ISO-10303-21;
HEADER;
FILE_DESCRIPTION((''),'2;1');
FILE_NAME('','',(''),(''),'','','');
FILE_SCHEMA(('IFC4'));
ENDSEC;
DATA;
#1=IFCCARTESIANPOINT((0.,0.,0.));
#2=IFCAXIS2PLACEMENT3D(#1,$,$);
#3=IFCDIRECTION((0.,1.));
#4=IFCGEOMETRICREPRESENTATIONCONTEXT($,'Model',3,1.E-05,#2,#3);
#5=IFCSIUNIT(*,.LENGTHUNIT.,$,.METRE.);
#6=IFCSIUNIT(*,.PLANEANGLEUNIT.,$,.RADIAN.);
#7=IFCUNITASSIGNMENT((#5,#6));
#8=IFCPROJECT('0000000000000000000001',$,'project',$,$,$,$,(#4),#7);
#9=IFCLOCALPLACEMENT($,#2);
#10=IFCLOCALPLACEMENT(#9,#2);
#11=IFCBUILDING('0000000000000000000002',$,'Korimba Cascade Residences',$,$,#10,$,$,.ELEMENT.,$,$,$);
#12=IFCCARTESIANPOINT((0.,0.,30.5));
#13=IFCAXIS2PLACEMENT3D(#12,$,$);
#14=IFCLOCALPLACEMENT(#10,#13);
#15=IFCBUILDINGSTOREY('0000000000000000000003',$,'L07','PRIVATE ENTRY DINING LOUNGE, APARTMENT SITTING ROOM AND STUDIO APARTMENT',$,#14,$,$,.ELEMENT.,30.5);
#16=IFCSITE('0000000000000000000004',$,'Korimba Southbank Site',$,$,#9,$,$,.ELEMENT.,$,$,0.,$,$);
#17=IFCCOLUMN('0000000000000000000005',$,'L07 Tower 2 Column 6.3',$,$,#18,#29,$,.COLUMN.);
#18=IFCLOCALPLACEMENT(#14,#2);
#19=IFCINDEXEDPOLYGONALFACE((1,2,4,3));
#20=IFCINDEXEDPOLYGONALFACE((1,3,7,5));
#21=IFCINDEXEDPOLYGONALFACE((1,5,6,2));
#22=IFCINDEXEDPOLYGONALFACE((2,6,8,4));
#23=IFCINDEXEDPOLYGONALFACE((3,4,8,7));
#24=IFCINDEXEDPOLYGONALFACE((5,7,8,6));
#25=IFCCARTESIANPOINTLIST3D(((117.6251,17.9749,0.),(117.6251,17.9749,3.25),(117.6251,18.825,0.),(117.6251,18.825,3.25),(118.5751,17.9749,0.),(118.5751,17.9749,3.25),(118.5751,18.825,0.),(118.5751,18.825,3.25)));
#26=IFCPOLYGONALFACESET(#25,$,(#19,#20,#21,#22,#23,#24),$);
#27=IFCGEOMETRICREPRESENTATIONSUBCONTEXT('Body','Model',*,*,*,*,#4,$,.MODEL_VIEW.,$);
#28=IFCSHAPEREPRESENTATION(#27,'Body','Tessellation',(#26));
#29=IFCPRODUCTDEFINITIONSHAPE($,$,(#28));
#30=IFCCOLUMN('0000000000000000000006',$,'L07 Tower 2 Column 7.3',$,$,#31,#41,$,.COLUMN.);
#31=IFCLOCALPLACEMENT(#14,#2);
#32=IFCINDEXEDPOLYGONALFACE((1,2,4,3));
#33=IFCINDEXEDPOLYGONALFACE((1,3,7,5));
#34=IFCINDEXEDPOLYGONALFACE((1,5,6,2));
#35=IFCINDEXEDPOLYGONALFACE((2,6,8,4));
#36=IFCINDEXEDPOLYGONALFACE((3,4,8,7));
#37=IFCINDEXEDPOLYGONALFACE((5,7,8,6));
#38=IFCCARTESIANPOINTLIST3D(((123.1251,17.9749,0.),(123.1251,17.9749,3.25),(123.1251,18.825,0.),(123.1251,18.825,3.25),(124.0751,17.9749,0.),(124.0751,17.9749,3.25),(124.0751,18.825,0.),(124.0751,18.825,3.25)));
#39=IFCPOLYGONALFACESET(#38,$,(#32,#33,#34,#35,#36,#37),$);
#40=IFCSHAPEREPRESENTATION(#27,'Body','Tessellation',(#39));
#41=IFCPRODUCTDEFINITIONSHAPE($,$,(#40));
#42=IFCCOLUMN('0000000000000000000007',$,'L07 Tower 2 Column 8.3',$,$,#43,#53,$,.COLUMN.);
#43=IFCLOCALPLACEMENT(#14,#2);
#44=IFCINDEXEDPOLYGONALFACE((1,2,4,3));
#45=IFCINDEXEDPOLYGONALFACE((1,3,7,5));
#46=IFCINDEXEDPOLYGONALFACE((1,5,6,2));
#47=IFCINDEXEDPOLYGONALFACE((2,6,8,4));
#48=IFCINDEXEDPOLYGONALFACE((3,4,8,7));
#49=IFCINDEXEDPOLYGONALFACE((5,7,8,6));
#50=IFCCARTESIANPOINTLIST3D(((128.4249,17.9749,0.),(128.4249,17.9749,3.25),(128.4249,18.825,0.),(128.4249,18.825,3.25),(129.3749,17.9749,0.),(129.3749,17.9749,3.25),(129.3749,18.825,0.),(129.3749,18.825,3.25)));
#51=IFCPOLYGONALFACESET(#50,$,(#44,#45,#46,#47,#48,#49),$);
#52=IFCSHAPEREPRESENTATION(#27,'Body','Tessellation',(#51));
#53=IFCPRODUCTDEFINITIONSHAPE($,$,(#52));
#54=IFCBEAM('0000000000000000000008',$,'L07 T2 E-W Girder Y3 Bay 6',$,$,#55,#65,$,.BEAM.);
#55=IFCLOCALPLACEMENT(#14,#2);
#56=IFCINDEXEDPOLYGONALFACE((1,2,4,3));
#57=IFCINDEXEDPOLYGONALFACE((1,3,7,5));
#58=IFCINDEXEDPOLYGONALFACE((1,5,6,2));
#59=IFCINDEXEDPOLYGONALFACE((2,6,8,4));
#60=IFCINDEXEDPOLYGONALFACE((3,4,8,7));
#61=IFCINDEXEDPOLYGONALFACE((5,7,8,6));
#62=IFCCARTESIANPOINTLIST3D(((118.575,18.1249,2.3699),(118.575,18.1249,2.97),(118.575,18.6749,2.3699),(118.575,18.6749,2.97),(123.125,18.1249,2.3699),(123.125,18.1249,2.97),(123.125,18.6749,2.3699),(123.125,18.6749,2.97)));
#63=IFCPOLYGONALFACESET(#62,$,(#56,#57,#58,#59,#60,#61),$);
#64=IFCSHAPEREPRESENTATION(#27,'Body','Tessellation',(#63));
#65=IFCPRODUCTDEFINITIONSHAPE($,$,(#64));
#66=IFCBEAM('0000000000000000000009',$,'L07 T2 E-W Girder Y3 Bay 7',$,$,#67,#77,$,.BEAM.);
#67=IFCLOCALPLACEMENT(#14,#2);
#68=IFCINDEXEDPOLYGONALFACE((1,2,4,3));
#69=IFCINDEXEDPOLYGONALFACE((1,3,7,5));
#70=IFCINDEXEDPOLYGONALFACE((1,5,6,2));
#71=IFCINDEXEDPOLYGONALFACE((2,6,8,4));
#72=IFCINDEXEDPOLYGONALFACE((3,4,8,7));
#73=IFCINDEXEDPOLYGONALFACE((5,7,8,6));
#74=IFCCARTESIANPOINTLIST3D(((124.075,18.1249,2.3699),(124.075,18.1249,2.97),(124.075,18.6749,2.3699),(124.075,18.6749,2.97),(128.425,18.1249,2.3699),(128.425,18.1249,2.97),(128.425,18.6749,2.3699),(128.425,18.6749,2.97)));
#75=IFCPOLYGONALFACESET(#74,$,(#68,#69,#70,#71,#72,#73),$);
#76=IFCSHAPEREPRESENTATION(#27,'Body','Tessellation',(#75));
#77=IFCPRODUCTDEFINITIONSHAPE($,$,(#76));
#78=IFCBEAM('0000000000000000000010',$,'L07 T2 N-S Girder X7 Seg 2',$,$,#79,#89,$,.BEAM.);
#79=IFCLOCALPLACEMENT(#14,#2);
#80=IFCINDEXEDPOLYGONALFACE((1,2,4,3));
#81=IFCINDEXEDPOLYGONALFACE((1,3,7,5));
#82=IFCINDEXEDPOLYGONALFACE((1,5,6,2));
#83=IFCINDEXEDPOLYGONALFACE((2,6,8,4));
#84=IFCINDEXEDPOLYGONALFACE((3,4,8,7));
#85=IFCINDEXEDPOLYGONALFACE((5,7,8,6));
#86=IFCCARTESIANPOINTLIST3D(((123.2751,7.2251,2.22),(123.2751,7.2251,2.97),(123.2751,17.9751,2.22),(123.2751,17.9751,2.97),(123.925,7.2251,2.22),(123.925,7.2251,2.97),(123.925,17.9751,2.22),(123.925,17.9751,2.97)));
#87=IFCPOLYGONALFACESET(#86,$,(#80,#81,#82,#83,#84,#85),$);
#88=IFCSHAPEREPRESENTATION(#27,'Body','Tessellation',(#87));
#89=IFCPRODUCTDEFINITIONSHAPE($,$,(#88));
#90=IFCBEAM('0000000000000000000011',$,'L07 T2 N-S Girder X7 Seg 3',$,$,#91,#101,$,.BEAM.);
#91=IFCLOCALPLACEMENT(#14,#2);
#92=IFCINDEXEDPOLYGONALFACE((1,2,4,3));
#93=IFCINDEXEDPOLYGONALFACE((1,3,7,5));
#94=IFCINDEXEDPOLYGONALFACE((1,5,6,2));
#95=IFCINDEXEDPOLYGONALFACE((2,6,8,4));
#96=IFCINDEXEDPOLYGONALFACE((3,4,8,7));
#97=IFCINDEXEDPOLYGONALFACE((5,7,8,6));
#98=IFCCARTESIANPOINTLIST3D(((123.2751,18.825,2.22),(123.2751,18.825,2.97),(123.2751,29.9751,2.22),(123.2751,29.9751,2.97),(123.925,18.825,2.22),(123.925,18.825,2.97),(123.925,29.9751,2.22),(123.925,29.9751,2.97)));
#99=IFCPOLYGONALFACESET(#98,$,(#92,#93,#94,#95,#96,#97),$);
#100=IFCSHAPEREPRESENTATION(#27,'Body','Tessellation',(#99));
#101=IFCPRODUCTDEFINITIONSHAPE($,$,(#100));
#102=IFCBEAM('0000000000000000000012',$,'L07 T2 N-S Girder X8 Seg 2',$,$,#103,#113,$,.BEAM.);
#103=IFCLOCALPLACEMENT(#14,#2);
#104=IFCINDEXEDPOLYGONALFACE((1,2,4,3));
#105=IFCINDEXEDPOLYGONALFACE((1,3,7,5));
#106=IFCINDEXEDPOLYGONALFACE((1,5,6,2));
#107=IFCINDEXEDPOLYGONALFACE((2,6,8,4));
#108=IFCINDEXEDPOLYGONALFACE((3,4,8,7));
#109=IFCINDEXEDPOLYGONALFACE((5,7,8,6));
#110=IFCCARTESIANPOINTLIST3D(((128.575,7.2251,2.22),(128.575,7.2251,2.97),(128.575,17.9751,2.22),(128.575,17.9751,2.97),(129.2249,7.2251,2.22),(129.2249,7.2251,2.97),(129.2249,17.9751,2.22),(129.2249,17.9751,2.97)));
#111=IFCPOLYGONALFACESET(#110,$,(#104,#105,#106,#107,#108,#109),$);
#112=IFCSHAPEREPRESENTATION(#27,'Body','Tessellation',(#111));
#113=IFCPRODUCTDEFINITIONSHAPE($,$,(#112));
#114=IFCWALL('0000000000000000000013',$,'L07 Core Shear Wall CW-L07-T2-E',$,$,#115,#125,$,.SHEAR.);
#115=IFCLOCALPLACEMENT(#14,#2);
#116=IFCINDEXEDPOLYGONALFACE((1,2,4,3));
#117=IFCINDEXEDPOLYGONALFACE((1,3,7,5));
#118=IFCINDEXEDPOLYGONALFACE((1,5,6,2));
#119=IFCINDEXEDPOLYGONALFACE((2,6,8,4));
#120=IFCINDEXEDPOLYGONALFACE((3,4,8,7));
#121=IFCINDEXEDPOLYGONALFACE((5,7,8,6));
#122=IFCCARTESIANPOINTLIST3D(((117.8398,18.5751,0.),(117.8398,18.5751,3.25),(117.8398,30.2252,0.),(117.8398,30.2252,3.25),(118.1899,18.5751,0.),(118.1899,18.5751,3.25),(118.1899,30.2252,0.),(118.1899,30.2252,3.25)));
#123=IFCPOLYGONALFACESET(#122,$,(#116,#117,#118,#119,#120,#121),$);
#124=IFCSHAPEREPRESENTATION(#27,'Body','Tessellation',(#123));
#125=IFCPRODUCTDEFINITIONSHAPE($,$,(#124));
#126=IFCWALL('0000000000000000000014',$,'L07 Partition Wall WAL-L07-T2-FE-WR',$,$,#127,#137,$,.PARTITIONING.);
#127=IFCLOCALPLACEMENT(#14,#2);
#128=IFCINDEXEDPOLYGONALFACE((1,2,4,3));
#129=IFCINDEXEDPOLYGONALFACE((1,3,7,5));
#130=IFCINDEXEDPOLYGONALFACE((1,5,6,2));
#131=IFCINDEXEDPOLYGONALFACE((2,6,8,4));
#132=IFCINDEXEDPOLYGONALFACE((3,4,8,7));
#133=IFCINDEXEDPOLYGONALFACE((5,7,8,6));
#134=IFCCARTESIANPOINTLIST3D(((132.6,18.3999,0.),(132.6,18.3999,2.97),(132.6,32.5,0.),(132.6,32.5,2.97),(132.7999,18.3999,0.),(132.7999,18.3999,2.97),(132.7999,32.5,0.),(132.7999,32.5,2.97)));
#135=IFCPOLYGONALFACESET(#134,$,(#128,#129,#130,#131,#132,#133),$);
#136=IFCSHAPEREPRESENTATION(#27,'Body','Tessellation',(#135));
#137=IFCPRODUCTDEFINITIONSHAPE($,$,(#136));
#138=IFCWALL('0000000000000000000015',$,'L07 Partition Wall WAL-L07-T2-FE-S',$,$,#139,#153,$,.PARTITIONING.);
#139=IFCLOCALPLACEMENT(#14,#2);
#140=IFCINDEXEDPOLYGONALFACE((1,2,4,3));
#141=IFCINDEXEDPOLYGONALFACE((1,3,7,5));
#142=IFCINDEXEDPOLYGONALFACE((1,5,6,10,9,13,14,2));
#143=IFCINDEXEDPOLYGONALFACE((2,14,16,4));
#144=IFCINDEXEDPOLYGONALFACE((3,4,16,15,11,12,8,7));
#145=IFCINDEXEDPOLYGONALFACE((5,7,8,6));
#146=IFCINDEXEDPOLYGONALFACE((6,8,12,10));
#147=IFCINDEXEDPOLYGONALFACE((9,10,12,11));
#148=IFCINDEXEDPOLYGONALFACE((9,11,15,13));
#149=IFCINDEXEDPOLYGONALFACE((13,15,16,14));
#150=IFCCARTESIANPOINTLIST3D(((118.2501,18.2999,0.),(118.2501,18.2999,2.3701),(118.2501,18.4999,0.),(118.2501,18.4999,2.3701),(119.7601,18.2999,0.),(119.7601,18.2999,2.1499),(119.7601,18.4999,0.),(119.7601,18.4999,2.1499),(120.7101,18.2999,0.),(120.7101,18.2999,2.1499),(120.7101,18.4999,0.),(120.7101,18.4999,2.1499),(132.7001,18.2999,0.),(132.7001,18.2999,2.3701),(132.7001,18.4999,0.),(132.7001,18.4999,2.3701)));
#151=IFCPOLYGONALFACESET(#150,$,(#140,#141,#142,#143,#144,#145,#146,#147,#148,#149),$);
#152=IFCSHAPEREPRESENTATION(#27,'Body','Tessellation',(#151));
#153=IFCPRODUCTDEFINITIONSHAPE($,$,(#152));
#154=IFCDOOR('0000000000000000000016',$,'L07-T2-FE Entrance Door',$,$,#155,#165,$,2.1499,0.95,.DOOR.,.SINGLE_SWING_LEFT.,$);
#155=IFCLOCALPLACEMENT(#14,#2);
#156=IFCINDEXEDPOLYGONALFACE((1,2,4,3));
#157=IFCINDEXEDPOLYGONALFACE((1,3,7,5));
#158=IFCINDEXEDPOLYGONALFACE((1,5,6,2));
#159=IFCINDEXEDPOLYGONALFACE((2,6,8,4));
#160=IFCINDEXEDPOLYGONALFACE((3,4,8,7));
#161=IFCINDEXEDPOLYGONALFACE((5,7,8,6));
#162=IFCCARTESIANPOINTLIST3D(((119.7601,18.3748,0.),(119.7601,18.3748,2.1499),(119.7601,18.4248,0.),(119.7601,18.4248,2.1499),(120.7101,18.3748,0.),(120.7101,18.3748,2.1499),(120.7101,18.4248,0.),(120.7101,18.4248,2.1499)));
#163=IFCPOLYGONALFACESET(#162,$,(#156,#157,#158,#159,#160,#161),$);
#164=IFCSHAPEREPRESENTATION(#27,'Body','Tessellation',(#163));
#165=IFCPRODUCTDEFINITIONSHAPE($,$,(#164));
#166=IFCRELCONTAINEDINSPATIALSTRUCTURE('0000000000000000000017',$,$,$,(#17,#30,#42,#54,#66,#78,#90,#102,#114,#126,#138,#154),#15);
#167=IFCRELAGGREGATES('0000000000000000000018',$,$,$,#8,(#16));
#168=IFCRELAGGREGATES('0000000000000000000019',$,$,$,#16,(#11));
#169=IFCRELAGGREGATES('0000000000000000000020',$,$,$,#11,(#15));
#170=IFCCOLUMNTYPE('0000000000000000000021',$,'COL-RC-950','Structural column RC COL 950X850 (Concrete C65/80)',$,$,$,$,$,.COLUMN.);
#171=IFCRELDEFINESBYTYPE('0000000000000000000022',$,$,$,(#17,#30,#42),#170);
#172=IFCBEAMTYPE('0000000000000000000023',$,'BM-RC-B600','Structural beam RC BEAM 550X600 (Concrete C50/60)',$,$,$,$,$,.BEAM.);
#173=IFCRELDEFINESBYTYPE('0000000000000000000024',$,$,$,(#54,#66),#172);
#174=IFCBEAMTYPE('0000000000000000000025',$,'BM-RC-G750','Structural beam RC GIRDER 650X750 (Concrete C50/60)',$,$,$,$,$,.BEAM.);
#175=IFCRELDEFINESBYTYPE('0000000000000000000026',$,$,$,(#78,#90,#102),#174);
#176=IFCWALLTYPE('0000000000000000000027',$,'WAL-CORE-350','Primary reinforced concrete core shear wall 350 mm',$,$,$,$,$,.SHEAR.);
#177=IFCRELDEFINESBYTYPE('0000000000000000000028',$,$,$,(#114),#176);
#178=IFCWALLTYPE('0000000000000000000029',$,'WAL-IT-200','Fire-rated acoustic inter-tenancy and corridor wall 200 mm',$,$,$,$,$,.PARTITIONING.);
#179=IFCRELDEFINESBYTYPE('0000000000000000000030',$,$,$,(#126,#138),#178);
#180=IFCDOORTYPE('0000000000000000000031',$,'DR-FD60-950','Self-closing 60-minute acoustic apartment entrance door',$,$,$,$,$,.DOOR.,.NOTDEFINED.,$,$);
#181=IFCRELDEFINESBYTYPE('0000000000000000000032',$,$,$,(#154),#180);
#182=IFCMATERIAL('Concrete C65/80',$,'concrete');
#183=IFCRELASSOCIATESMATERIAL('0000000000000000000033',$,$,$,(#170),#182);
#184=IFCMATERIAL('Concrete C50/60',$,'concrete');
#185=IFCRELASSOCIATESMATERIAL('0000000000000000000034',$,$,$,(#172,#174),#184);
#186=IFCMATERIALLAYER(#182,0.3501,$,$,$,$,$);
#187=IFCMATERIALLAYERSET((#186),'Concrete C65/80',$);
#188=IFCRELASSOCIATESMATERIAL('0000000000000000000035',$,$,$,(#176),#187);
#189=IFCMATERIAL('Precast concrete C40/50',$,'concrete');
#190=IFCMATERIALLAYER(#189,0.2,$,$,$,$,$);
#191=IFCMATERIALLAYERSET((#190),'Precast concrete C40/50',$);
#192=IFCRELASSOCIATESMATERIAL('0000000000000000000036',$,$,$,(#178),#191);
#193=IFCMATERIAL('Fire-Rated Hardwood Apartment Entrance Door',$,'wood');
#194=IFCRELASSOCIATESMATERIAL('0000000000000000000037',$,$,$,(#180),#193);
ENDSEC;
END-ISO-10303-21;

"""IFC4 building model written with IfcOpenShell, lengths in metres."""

from ifc_helpers import new_model, si_unit, direction, frame, frame_2d, origin, origin_2d, place, context, subcontext, project, spatial, rectangle, extrude, material, layer, layer_set, material_profile, profile_set, type_object, element, fill, save


model = new_model("IFC4")

# Units and contexts
model_context = context("Model", 3, precision=1e-05, world=origin(), true_north=direction((0.0, 1.0)))
body_context = subcontext(model_context, "Body", "Model", "MODEL_VIEW")
ifc_project = project(units=[si_unit("LENGTHUNIT", "METRE"), si_unit("PLANEANGLEUNIT", "RADIAN")], contexts=[model_context])

# Site, building, storey
site_placement = place(None, origin())
site = spatial("IfcSite", under=ifc_project, at=site_placement, Name="Korimba Southbank Site", CompositionType="ELEMENT", RefElevation=0.0)
building_placement = place(site_placement, origin())
building = spatial("IfcBuilding", under=site, at=building_placement, Name="Korimba Cascade Residences", CompositionType="ELEMENT")
storey_placement = place(building_placement, frame((0.0, 0.0, 30.5)))
storey = spatial("IfcBuildingStorey", under=building, at=storey_placement, Name="L07", Description="PRIVATE ENTRY DINING LOUNGE, APARTMENT SITTING ROOM AND STUDIO APARTMENT", CompositionType="ELEMENT", Elevation=30.5)

# Columns
ifc_material_1 = material(Name="Concrete C65/80", Category="concrete")
ifc_material_profile_1 = material_profile(ifc_material_1, rectangle(XDim=0.95, YDim=0.8501, at=origin_2d()), Name="Concrete C65/80")
ifc_profile_set_1 = profile_set([ifc_material_profile_1], Name="Concrete C65/80")
column_type = type_object("IfcColumnType", Name="COL-RC-950", Description="Structural column RC COL 950X850 (Concrete C65/80)", PredefinedType="COLUMN", material=ifc_profile_set_1)
for number, where, z_axis, x_axis, name in (
    (1, (118.1001, 18.3999, 0.0), (0.0, 0.0, 1.0), (1.0, 0.0, 0.0), "L07 Tower 2 Column 6.3"),
    (2, (123.6001, 18.3999, 0.0), (0.0, 0.0, 1.0), (1.0, 0.0, 0.0), "L07 Tower 2 Column 7.3"),
    (3, (128.8999, 18.3999, 0.0), (0.0, 0.0, 1.0), (1.0, 0.0, 0.0), "L07 Tower 2 Column 8.3"),
):
    element("IfcColumn", number, at=place(storey_placement, frame(where, z_axis=z_axis, x_axis=x_axis)), inside=storey, type_object=column_type, Name=name, PredefinedType="COLUMN", context=body_context, shape_type="SweptSolid", body=[
        extrude(rectangle(XDim=0.95, YDim=0.8501, at=origin_2d()), origin(), (0.0, 0.0, 1.0), 3.25),
    ])

# Beams
ifc_material_2 = material(Name="Concrete C50/60", Category="concrete")
ifc_material_profile_2 = material_profile(ifc_material_2, rectangle(XDim=0.55, YDim=0.6001, at=origin_2d()), Name="Concrete C50/60")
ifc_profile_set_2 = profile_set([ifc_material_profile_2], Name="Concrete C50/60")
beam_type_1 = type_object("IfcBeamType", Name="BM-RC-B600", Description="Structural beam RC BEAM 550X600 (Concrete C50/60)", PredefinedType="BEAM", material=ifc_profile_set_2)
beam_1_placement = place(storey_placement, frame((118.575, 18.3999, 2.6699), z_axis=(1.0, 0.0, 0.0), x_axis=(0.0, 1.0, 0.0)))
element("IfcBeam", 4, at=beam_1_placement, inside=storey, type_object=beam_type_1, Name="L07 T2 E-W Girder Y3 Bay 6", PredefinedType="BEAM", context=body_context, shape_type="SweptSolid", body=[
    extrude(rectangle(XDim=0.55, YDim=0.6001, at=origin_2d()), origin(), (0.0, 0.0, 1.0), 4.55),
])
beam_2_placement = place(storey_placement, frame((124.075, 18.3999, 2.6699), z_axis=(1.0, 0.0, 0.0), x_axis=(0.0, 1.0, 0.0)))
element("IfcBeam", 5, at=beam_2_placement, inside=storey, type_object=beam_type_1, Name="L07 T2 E-W Girder Y3 Bay 7", PredefinedType="BEAM", context=body_context, shape_type="SweptSolid", body=[
    extrude(rectangle(XDim=0.55, YDim=0.6001, at=origin_2d()), origin(), (0.0, 0.0, 1.0), 4.3501),
])
ifc_material_profile_3 = material_profile(ifc_material_2, rectangle(XDim=0.6499, YDim=0.75, at=origin_2d()), Name="Concrete C50/60")
ifc_profile_set_3 = profile_set([ifc_material_profile_3], Name="Concrete C50/60")
beam_type_2 = type_object("IfcBeamType", Name="BM-RC-G750", Description="Structural beam RC GIRDER 650X750 (Concrete C50/60)", PredefinedType="BEAM", material=ifc_profile_set_3)
beam_3_placement = place(storey_placement, frame((123.6001, 7.2251, 2.595), z_axis=(0.0, 1.0, 0.0), x_axis=(-1.0, 0.0, 0.0)))
element("IfcBeam", 6, at=beam_3_placement, inside=storey, type_object=beam_type_2, Name="L07 T2 N-S Girder X7 Seg 2", PredefinedType="BEAM", context=body_context, shape_type="SweptSolid", body=[
    extrude(rectangle(XDim=0.6499, YDim=0.75, at=origin_2d()), origin(), (0.0, 0.0, 1.0), 10.75),
])
beam_4_placement = place(storey_placement, frame((123.6001, 18.825, 2.595), z_axis=(0.0, 1.0, 0.0), x_axis=(-1.0, 0.0, 0.0)))
element("IfcBeam", 7, at=beam_4_placement, inside=storey, type_object=beam_type_2, Name="L07 T2 N-S Girder X7 Seg 3", PredefinedType="BEAM", context=body_context, shape_type="SweptSolid", body=[
    extrude(rectangle(XDim=0.6499, YDim=0.75, at=origin_2d()), origin(), (0.0, 0.0, 1.0), 11.1501),
])
beam_5_placement = place(storey_placement, frame((128.8999, 7.2251, 2.595), z_axis=(0.0, 1.0, 0.0), x_axis=(-1.0, 0.0, 0.0)))
element("IfcBeam", 8, at=beam_5_placement, inside=storey, type_object=beam_type_2, Name="L07 T2 N-S Girder X8 Seg 2", PredefinedType="BEAM", context=body_context, shape_type="SweptSolid", body=[
    extrude(rectangle(XDim=0.6499, YDim=0.75, at=origin_2d()), origin(), (0.0, 0.0, 1.0), 10.75),
])

# Walls
ifc_layer_1 = layer(ifc_material_1, 0.3501)
ifc_layer_set_1 = layer_set([ifc_layer_1], Name="Concrete C65/80")
wall_type_1 = type_object("IfcWallType", Name="WAL-CORE-350", Description="Primary reinforced concrete core shear wall 350 mm", PredefinedType="SHEAR", material=ifc_layer_set_1)
wall_1_placement = place(storey_placement, frame((118.0149, 18.575, 0.0), z_axis=(0.0, 0.0, 1.0), x_axis=(0.0, 1.0, 0.0)))
element("IfcWall", 9, at=wall_1_placement, inside=storey, type_object=wall_type_1, Name="L07 Core Shear Wall CW-L07-T2-E", PredefinedType="SHEAR", context=body_context, shape_type="SweptSolid", body=[
    extrude(rectangle(XDim=11.6501, YDim=0.3501, at=frame_2d((5.8252, 0.0))), origin(), (0.0, 0.0, 1.0), 3.25),
])
ifc_material_3 = material(Name="Precast concrete C40/50", Category="concrete")
ifc_layer_2 = layer(ifc_material_3, 0.2)
ifc_layer_set_2 = layer_set([ifc_layer_2], Name="Precast concrete C40/50")
wall_type_2 = type_object("IfcWallType", Name="WAL-IT-200", Description="Fire-rated acoustic inter-tenancy and corridor wall 200 mm", PredefinedType="PARTITIONING", material=ifc_layer_set_2)
wall_2_placement = place(storey_placement, frame((132.7, 18.3999, 0.0), z_axis=(0.0, 0.0, 1.0), x_axis=(0.0, 1.0, 0.0)))
element("IfcWall", 10, at=wall_2_placement, inside=storey, type_object=wall_type_2, Name="L07 Partition Wall WAL-L07-T2-FE-WR", PredefinedType="PARTITIONING", context=body_context, shape_type="SweptSolid", body=[
    extrude(rectangle(XDim=14.1001, YDim=0.2, at=frame_2d((7.05, 0.0))), origin(), (0.0, 0.0, 1.0), 2.97),
])

# Wall, opening, door
wall_3_placement = place(storey_placement, frame((118.25, 18.3999, 0.0), z_axis=(0.0, 0.0, 1.0), x_axis=(1.0, 0.0, 0.0)))
wall_3 = element("IfcWall", 11, at=wall_3_placement, inside=storey, type_object=wall_type_2, Name="L07 Partition Wall WAL-L07-T2-FE-S", PredefinedType="PARTITIONING", context=body_context, shape_type="SweptSolid", body=[
    extrude(rectangle(XDim=14.45, YDim=0.2, at=frame_2d((7.2251, 0.0))), origin(), (0.0, 0.0, 1.0), 2.3701),
])
opening_1_placement = place(wall_3_placement, frame((1.51, 0.0, 0.0)))
opening_1 = element("IfcOpeningElement", 12, at=opening_1_placement, cuts=wall_3, PredefinedType="OPENING", context=body_context, shape_type="SweptSolid", body=[
    extrude(rectangle(XDim=0.95, YDim=2.1499, at=frame_2d((0.4751, 1.075))), frame((0.0, 0.1099, 0.0), z_axis=(0.0, -1.0, 0.0), x_axis=(1.0, 0.0, 0.0)), (0.0, 0.0, 1.0), 0.22),
])
ifc_material_4 = material(Name="Fire-Rated Hardwood Apartment Entrance Door", Category="wood")
door_type_1 = type_object("IfcDoorType", Name="DR-FD60-950", Description="Self-closing 60-minute acoustic apartment entrance door", OperationType="NOTDEFINED", PredefinedType="DOOR", material=ifc_material_4)
door_1_placement = place(opening_1_placement, origin())
door_1 = element("IfcDoor", 13, at=door_1_placement, inside=storey, type_object=door_type_1, Name="L07-T2-FE Entrance Door", OperationType="SINGLE_SWING_LEFT", OverallHeight=2.1499, OverallWidth=0.95, PredefinedType="DOOR", context=body_context, shape_type="SweptSolid", body=[
    extrude(rectangle(XDim=0.95, YDim=2.1499, at=frame_2d((0.4751, 1.075))), frame((0.0, 0.0249, 0.0), z_axis=(0.0, -1.0, 0.0), x_axis=(1.0, 0.0, 0.0)), (0.0, 0.0, 1.0), 0.05),
])
fill(opening_1, door_1)

save(model, "model.ifc")
